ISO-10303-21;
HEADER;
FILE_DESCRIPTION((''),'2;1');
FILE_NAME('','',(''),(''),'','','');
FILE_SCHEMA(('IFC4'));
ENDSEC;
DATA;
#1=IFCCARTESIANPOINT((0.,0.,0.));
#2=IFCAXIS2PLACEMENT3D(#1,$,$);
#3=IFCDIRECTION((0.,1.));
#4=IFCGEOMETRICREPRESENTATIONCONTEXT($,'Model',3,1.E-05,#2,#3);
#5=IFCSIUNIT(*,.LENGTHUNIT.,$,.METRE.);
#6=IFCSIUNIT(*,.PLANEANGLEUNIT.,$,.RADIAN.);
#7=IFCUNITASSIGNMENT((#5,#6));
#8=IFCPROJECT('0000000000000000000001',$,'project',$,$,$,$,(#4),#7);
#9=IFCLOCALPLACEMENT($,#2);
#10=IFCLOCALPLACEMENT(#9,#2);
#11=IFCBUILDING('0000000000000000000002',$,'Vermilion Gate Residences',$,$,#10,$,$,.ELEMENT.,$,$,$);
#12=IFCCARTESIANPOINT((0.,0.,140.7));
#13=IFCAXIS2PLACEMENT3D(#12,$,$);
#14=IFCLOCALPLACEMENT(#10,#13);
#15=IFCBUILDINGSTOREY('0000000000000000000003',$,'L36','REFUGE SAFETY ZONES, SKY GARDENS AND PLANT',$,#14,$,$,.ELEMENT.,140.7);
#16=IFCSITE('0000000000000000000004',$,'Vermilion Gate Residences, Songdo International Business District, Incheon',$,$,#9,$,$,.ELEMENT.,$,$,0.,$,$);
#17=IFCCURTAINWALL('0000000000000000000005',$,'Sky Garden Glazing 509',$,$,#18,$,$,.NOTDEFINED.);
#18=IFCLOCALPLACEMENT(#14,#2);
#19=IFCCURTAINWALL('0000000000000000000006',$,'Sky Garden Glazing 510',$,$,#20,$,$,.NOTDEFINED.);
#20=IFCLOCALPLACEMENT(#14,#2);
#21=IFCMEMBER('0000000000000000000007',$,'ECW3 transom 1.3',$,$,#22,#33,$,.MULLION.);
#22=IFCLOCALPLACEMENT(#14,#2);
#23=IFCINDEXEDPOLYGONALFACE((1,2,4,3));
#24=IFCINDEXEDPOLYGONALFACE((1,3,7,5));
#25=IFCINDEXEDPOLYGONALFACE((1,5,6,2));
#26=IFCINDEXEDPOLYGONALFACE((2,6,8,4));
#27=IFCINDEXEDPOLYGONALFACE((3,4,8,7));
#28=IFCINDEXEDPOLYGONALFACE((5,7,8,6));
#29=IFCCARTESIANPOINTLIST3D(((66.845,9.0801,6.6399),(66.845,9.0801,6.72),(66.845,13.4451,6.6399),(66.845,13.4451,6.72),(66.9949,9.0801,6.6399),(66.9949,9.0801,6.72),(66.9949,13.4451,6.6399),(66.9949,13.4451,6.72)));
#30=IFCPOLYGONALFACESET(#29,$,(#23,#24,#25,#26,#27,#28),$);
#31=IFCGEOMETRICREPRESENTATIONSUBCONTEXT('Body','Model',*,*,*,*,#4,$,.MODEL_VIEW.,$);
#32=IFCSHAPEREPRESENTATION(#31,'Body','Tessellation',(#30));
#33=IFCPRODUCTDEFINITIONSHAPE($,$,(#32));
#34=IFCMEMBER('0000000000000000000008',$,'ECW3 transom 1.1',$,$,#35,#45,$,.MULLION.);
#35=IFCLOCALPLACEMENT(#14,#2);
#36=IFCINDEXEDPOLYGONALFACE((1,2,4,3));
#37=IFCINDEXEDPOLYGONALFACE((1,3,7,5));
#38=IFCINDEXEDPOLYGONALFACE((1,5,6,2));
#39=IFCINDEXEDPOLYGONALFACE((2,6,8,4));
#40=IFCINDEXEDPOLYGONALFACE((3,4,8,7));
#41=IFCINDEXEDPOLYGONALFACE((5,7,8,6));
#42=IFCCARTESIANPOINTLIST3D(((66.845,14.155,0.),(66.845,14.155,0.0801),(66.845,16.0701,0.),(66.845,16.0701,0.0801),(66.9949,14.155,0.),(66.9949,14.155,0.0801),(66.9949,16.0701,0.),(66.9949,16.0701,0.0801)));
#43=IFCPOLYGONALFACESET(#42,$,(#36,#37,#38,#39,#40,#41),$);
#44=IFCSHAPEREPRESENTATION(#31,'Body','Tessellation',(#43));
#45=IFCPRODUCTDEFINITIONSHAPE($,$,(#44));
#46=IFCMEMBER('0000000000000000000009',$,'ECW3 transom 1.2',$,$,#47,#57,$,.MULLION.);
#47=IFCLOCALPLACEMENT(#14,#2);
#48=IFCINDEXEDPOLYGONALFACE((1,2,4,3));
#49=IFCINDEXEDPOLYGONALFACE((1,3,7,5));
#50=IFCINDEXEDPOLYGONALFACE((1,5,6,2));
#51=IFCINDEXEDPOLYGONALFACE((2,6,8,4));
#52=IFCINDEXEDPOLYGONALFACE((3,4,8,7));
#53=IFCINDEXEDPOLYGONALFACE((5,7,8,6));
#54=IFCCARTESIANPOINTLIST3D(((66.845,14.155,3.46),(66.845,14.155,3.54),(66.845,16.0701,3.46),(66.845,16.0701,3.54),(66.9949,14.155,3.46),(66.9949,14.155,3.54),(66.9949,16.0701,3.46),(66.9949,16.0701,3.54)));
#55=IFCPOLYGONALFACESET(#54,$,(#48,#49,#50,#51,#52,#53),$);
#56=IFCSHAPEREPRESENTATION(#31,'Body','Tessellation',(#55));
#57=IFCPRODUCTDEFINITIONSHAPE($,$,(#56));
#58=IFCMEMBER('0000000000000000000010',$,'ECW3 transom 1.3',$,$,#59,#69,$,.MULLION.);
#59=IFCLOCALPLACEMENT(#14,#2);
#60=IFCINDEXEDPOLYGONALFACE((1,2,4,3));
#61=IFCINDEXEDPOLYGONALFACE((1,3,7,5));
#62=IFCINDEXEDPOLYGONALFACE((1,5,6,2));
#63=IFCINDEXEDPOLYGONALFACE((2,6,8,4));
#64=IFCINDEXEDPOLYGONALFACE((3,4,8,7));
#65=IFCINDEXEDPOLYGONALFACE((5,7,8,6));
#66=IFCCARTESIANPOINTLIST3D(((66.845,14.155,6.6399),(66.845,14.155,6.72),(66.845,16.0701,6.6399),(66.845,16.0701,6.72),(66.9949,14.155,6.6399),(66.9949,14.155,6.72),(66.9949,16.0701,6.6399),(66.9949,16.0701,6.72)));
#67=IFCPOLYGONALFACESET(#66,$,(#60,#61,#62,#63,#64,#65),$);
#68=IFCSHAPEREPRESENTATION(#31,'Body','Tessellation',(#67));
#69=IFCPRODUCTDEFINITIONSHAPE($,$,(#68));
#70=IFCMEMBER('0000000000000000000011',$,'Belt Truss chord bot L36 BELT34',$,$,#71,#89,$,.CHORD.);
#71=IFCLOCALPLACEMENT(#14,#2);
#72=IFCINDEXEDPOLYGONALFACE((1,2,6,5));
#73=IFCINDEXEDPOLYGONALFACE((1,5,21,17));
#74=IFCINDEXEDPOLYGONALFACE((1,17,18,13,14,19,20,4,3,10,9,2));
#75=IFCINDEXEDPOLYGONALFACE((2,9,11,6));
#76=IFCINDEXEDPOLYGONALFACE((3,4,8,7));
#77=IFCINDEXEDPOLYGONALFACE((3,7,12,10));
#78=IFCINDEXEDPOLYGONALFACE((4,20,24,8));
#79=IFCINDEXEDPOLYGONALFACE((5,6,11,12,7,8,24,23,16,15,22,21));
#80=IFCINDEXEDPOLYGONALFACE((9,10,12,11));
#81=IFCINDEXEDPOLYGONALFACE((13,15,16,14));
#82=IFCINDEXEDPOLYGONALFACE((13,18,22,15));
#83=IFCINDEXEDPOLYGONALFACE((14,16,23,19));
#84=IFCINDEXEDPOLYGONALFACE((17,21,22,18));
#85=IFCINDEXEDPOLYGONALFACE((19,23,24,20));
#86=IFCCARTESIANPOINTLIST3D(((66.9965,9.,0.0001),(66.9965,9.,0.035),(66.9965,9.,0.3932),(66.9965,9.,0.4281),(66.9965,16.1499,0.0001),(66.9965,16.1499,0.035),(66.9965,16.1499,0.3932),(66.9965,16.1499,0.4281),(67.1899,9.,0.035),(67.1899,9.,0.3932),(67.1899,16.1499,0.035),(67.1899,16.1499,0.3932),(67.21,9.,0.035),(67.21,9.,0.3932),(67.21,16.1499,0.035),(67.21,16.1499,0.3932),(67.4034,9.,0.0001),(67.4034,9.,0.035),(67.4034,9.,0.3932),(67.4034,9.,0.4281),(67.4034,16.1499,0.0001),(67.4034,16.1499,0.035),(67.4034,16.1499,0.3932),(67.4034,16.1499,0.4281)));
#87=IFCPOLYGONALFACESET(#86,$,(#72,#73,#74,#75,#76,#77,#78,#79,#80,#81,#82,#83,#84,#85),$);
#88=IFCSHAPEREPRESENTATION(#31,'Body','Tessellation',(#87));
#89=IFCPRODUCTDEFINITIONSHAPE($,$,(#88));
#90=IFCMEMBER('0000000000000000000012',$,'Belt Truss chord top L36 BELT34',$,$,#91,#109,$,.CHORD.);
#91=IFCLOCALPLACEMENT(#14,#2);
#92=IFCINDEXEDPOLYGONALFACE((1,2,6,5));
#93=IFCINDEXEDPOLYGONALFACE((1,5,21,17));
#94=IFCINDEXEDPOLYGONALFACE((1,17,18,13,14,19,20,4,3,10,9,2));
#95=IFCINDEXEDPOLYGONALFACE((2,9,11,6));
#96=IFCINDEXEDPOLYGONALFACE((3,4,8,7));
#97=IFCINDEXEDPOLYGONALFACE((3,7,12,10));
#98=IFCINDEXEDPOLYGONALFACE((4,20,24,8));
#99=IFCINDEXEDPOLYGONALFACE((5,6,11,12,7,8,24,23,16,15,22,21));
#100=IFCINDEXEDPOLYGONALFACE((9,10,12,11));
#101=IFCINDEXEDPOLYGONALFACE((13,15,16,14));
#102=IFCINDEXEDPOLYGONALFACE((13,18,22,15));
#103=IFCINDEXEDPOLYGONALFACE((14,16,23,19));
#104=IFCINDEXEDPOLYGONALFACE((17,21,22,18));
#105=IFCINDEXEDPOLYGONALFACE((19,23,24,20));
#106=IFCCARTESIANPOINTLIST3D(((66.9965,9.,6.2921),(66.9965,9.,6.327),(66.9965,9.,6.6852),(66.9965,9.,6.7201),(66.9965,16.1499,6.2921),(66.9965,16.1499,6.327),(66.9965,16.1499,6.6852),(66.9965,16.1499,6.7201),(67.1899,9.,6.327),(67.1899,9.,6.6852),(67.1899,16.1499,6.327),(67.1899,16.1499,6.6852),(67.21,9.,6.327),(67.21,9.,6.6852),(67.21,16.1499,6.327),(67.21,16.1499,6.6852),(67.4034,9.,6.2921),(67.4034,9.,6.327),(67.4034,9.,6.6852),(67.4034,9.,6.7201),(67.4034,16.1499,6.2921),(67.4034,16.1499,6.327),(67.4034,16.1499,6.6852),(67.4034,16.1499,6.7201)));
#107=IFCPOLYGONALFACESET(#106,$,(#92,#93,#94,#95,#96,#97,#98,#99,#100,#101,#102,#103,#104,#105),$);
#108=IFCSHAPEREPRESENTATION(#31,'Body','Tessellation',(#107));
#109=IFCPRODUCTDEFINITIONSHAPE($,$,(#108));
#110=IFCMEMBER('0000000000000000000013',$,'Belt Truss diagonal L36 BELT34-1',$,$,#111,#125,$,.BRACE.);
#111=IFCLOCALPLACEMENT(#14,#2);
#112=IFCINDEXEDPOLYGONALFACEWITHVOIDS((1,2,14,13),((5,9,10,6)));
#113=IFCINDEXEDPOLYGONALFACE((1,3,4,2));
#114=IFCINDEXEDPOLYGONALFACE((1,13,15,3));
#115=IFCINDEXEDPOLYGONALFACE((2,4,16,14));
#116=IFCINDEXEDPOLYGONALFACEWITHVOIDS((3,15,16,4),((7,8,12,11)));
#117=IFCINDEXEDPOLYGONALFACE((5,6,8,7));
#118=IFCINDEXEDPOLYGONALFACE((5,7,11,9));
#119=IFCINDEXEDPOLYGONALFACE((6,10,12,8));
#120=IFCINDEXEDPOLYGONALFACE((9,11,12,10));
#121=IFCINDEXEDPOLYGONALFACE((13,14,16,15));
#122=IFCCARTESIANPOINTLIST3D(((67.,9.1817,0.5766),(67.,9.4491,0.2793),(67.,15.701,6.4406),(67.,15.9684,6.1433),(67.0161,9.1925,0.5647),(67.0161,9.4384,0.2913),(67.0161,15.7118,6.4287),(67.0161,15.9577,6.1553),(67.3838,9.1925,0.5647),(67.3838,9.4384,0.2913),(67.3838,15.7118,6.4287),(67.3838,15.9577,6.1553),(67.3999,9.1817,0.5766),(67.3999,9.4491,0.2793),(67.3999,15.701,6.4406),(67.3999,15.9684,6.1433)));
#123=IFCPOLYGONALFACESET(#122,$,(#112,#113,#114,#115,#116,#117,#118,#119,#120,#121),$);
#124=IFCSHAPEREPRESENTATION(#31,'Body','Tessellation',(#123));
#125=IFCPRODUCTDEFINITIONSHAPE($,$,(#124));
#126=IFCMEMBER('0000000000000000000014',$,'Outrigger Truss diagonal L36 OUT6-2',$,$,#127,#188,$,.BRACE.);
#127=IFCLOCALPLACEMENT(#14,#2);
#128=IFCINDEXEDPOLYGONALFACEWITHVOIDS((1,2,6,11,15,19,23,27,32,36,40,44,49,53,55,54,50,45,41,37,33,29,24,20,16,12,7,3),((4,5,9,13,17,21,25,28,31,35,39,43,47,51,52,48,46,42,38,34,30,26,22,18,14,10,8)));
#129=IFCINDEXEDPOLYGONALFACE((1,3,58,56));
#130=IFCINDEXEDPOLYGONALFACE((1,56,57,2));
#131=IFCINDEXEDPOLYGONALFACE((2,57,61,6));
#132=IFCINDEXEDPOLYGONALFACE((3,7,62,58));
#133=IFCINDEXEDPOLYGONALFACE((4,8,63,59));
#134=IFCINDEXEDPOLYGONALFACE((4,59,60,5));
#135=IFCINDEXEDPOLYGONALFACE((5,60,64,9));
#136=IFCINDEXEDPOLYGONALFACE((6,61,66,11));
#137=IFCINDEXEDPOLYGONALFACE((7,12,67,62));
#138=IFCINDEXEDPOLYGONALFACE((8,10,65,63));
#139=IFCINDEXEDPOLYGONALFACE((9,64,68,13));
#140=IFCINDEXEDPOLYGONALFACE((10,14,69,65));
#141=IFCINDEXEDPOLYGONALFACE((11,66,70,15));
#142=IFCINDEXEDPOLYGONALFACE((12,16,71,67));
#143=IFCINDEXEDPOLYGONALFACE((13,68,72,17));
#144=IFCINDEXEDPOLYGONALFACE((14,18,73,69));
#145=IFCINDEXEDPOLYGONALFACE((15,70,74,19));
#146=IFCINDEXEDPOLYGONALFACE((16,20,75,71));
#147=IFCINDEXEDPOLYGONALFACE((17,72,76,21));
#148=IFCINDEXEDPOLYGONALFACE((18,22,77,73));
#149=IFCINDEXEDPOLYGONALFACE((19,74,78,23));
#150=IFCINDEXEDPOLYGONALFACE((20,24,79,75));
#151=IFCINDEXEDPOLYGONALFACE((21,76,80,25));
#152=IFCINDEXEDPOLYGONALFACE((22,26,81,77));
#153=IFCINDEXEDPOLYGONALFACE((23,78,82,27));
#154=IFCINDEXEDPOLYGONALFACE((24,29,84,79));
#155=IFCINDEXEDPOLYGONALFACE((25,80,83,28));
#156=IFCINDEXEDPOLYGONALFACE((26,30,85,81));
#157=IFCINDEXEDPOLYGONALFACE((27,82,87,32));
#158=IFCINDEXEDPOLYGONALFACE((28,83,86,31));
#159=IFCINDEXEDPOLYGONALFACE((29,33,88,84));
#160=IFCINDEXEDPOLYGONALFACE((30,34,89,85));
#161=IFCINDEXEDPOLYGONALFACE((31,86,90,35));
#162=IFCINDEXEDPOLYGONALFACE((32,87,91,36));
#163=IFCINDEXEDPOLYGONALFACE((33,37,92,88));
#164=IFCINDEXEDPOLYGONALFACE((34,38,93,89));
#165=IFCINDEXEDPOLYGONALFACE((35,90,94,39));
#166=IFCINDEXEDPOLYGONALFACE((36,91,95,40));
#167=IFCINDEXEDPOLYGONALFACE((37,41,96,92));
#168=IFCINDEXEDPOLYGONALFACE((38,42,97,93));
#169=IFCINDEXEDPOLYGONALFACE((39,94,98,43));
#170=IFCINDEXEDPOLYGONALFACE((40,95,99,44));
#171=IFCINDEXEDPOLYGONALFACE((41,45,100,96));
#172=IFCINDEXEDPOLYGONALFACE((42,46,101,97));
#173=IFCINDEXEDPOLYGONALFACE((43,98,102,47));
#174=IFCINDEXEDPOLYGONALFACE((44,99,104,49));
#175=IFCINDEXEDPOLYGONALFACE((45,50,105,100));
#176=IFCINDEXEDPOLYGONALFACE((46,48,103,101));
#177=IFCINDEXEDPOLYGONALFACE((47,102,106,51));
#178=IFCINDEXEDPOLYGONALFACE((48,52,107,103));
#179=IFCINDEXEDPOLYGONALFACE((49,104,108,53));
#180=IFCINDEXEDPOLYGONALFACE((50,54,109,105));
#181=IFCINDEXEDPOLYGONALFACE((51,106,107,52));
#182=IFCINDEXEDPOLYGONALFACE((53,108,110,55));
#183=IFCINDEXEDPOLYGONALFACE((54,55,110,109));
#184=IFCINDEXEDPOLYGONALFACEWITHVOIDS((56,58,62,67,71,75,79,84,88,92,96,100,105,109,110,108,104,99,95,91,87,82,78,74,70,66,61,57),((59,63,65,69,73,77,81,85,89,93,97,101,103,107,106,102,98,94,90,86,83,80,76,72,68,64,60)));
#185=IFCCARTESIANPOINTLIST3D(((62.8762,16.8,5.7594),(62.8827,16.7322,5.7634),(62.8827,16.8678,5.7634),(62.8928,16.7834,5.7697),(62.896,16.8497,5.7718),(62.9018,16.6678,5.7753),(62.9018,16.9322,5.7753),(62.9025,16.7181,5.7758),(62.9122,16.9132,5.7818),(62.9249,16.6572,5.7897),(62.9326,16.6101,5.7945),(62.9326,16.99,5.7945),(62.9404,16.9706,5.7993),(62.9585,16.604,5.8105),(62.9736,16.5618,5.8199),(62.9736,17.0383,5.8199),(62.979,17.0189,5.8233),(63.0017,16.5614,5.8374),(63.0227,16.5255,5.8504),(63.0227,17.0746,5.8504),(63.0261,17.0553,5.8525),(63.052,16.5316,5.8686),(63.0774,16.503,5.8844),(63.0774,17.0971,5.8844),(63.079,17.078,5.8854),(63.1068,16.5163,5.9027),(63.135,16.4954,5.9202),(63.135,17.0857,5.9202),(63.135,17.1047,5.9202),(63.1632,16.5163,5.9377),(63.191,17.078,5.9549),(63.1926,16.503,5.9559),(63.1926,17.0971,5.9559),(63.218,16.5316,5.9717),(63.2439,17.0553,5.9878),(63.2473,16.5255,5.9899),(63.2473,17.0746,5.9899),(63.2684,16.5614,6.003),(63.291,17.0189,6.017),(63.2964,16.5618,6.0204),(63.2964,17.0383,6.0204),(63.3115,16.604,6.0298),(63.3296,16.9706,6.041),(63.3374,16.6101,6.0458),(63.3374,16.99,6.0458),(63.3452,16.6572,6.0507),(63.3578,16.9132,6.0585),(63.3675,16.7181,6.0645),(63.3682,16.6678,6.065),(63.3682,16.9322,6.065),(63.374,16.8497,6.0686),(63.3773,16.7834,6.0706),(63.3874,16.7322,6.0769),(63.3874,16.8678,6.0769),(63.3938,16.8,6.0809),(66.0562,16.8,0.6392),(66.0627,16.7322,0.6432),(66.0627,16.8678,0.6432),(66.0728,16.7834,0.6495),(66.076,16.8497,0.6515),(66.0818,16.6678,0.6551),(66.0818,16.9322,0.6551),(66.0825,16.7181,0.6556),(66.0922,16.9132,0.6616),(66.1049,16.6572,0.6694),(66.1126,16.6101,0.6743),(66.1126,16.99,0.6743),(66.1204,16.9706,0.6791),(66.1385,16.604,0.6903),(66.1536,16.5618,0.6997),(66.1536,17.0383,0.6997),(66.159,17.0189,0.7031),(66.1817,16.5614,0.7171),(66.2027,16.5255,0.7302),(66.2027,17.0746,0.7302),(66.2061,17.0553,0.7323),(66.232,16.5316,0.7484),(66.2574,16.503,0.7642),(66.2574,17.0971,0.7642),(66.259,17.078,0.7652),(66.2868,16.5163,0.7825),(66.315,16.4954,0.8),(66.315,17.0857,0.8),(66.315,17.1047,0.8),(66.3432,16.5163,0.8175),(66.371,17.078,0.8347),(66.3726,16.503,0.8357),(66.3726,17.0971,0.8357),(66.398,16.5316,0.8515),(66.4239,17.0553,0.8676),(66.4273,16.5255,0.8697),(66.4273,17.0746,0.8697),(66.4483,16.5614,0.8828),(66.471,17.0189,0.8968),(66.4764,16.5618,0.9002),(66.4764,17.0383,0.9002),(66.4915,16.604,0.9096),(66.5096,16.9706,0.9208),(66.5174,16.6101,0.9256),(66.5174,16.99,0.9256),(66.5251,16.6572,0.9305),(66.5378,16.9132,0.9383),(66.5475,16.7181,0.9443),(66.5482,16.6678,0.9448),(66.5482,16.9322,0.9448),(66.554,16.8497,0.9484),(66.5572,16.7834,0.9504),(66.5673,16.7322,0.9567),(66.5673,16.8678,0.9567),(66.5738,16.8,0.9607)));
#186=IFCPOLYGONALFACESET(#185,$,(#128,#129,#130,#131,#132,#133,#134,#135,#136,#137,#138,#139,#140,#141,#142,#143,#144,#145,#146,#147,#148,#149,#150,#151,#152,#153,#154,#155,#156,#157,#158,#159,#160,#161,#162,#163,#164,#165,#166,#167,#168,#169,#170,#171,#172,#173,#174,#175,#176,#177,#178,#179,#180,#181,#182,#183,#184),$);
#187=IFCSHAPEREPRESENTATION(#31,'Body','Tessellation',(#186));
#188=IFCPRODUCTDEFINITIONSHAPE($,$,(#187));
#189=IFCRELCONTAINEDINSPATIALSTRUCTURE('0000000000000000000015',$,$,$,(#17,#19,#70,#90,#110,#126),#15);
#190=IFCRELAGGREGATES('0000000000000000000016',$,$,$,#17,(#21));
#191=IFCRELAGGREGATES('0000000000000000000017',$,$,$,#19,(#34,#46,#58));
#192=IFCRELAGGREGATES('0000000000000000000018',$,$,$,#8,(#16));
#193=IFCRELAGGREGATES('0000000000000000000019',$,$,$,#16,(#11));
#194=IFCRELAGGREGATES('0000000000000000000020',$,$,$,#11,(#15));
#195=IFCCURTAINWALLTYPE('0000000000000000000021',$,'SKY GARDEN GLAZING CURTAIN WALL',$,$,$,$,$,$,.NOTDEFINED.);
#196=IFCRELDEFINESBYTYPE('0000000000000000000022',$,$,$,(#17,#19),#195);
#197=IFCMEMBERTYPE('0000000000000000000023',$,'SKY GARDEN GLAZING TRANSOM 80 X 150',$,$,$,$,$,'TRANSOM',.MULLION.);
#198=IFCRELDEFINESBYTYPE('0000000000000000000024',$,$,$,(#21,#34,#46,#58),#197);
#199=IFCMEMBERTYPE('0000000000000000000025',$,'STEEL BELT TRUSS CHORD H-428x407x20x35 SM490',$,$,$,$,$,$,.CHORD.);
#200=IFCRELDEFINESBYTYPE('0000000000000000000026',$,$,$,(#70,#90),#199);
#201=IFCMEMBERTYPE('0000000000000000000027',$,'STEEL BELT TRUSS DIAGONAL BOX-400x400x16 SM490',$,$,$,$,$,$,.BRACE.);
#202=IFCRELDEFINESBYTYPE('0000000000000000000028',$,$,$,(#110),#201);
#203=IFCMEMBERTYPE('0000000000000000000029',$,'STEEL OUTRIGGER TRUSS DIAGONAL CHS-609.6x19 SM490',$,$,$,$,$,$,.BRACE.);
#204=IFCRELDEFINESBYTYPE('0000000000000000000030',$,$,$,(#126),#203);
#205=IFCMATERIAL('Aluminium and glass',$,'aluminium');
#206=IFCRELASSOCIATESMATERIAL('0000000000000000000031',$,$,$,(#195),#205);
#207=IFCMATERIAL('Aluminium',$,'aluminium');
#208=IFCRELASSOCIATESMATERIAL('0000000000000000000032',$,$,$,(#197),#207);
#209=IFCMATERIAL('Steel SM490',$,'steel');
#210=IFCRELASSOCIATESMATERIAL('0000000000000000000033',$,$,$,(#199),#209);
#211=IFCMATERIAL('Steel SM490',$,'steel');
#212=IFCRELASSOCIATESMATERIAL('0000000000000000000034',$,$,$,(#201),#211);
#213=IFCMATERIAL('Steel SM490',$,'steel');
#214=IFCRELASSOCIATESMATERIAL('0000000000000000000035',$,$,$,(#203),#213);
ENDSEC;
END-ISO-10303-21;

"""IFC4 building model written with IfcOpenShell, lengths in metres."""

from ifc_helpers import new_model, si_unit, direction, frame, origin, origin_2d, place, context, subcontext, project, spatial, rectangle, hollow_rectangle, hollow_circle, i_section, extrude, material, material_profile, profile_set, type_object, element, aggregate, save


model = new_model("IFC4")

# Units and contexts
model_context = context("Model", 3, precision=1e-05, world=origin(), true_north=direction((0.0, 1.0)))
body_context = subcontext(model_context, "Body", "Model", "MODEL_VIEW")
ifc_project = project(units=[si_unit("LENGTHUNIT", "METRE"), si_unit("PLANEANGLEUNIT", "RADIAN")], contexts=[model_context])

# Site, building, storey
site_placement = place(None, origin())
site = spatial("IfcSite", under=ifc_project, at=site_placement, Name="Vermilion Gate Residences, Songdo International Business District, Incheon", CompositionType="ELEMENT", RefElevation=0.0)
building_placement = place(site_placement, origin())
building = spatial("IfcBuilding", under=site, at=building_placement, Name="Vermilion Gate Residences", CompositionType="ELEMENT")
storey_placement = place(building_placement, frame((0.0, 0.0, 140.7)))
storey = spatial("IfcBuildingStorey", under=building, at=storey_placement, Name="L36", Description="REFUGE SAFETY ZONES, SKY GARDENS AND PLANT", CompositionType="ELEMENT", Elevation=140.7)

# Shared definitions
ifc_material_1 = material(Name="Aluminium and glass", Category="aluminium")
curtain_wall_type = type_object("IfcCurtainWallType", Name="SKY GARDEN GLAZING CURTAIN WALL", PredefinedType="NOTDEFINED", material=ifc_material_1)

# Curtain walls
curtain_wall_1_placement = place(storey_placement, origin())
curtain_wall_1 = element("IfcCurtainWall", 1, at=curtain_wall_1_placement, inside=storey, type_object=curtain_wall_type, Name="Sky Garden Glazing 509", PredefinedType="NOTDEFINED")
curtain_wall_2_placement = place(storey_placement, origin())
curtain_wall_2 = element("IfcCurtainWall", 2, at=curtain_wall_2_placement, inside=storey, type_object=curtain_wall_type, Name="Sky Garden Glazing 510", PredefinedType="NOTDEFINED")

# Members
ifc_material_2 = material(Name="Aluminium", Category="aluminium")
ifc_material_profile_1 = material_profile(ifc_material_2, rectangle(XDim=0.1499, YDim=0.0801, at=origin_2d()), Name="TRANSOM 80 X 150")
ifc_profile_set_1 = profile_set([ifc_material_profile_1], Name="Aluminium")
member_type_1 = type_object("IfcMemberType", Name="SKY GARDEN GLAZING TRANSOM 80 X 150", ElementType="TRANSOM", PredefinedType="MULLION", material=ifc_profile_set_1)
member_1_placement = place(storey_placement, frame((66.9199, 9.0801, 6.6799), z_axis=(0.0, 1.0, 0.0), x_axis=(-1.0, 0.0, 0.0)))
member_1 = element("IfcMember", 3, at=member_1_placement, type_object=member_type_1, Name="ECW3 transom 1.3", PredefinedType="MULLION", context=body_context, shape_type="SweptSolid", body=[
    extrude(rectangle(XDim=0.1499, YDim=0.0801, at=origin_2d()), origin(), (0.0, 0.0, 1.0), 4.365),
])
member_2_placement = place(storey_placement, frame((66.9199, 14.155, 0.04), z_axis=(0.0, 1.0, 0.0), x_axis=(-1.0, 0.0, 0.0)))
member_2 = element("IfcMember", 4, at=member_2_placement, type_object=member_type_1, Name="ECW3 transom 1.1", PredefinedType="MULLION", context=body_context, shape_type="SweptSolid", body=[
    extrude(rectangle(XDim=0.1499, YDim=0.0801, at=origin_2d()), origin(), (0.0, 0.0, 1.0), 1.915),
])
member_3_placement = place(storey_placement, frame((66.9199, 14.155, 3.5), z_axis=(0.0, 1.0, 0.0), x_axis=(-1.0, 0.0, 0.0)))
member_3 = element("IfcMember", 5, at=member_3_placement, type_object=member_type_1, Name="ECW3 transom 1.2", PredefinedType="MULLION", context=body_context, shape_type="SweptSolid", body=[
    extrude(rectangle(XDim=0.1499, YDim=0.0801, at=origin_2d()), origin(), (0.0, 0.0, 1.0), 1.915),
])
member_4_placement = place(storey_placement, frame((66.9199, 14.155, 6.6799), z_axis=(0.0, 1.0, 0.0), x_axis=(-1.0, 0.0, 0.0)))
member_4 = element("IfcMember", 6, at=member_4_placement, type_object=member_type_1, Name="ECW3 transom 1.3", PredefinedType="MULLION", context=body_context, shape_type="SweptSolid", body=[
    extrude(rectangle(XDim=0.1499, YDim=0.0801, at=origin_2d()), origin(), (0.0, 0.0, 1.0), 1.915),
])

# Members
ifc_material_3 = material(Name="Steel SM490", Category="steel")
ifc_material_profile_2 = material_profile(ifc_material_3, i_section(OverallWidth=0.407, OverallDepth=0.428, WebThickness=0.02, FlangeThickness=0.0349, at=origin_2d()), Name="H-428x407x20x35")
ifc_profile_set_2 = profile_set([ifc_material_profile_2], Name="Steel SM490")
member_type_2 = type_object("IfcMemberType", Name="STEEL BELT TRUSS CHORD H-428x407x20x35 SM490", PredefinedType="CHORD", material=ifc_profile_set_2)
for number, where, z_axis, x_axis, name in (
    (7, (67.2, 9.0, 0.2141), (0.0, 1.0, 0.0), (-1.0, 0.0, 0.0), "Belt Truss chord bot L36 BELT34"),
    (8, (67.2, 9.0, 6.5061), (0.0, 1.0, 0.0), (-1.0, 0.0, 0.0), "Belt Truss chord top L36 BELT34"),
):
    element("IfcMember", number, at=place(storey_placement, frame(where, z_axis=z_axis, x_axis=x_axis)), inside=storey, type_object=member_type_2, Name=name, PredefinedType="CHORD", context=body_context, shape_type="SweptSolid", body=[
        extrude(i_section(OverallWidth=0.407, OverallDepth=0.428, WebThickness=0.02, FlangeThickness=0.0349, at=origin_2d()), origin(), (0.0, 0.0, 1.0), 7.1499),
    ])
ifc_material_4 = material(Name="Steel SM490", Category="steel")
ifc_material_profile_3 = material_profile(ifc_material_4, hollow_rectangle(XDim=0.3999, YDim=0.3999, WallThickness=0.0161, at=origin_2d()), Name="BOX-400x400x16")
ifc_profile_set_3 = profile_set([ifc_material_profile_3], Name="Steel SM490")
member_type_3 = type_object("IfcMemberType", Name="STEEL BELT TRUSS DIAGONAL BOX-400x400x16 SM490", PredefinedType="BRACE", material=ifc_profile_set_3)
member_5_placement = place(storey_placement, frame((67.2, 9.3154, 0.428), z_axis=(0.0, 0.743484, 0.668754), x_axis=(-1.0, 0.0, 0.0)))
element("IfcMember", 9, at=member_5_placement, inside=storey, type_object=member_type_3, Name="Belt Truss diagonal L36 BELT34-1", PredefinedType="BRACE", context=body_context, shape_type="SweptSolid", body=[
    extrude(hollow_rectangle(XDim=0.3999, YDim=0.3999, WallThickness=0.0161, at=origin_2d()), origin(), (0.0, 0.0, 1.0), 8.7686),
])
ifc_material_5 = material(Name="Steel SM490", Category="steel")
ifc_material_profile_4 = material_profile(ifc_material_5, hollow_circle(Radius=0.3047, WallThickness=0.019, at=origin_2d()), Name="CHS-609.6x19")
ifc_profile_set_4 = profile_set([ifc_material_profile_4], Name="Steel SM490")
member_type_4 = type_object("IfcMemberType", Name="STEEL OUTRIGGER TRUSS DIAGONAL CHS-609.6x19 SM490", PredefinedType="BRACE", material=ifc_profile_set_4)
member_6_placement = place(storey_placement, frame((63.135, 16.8, 5.9202), z_axis=(0.527594, 0.0, -0.849497), x_axis=(0.0, 1.0, 0.0)))
element("IfcMember", 10, at=member_6_placement, inside=storey, type_object=member_type_4, Name="Outrigger Truss diagonal L36 OUT6-2", PredefinedType="BRACE", context=body_context, shape_type="SweptSolid", body=[
    extrude(hollow_circle(Radius=0.3047, WallThickness=0.019, at=origin_2d()), origin(), (0.0, 0.0, 1.0), 6.0273),
])

aggregate(curtain_wall_1, [member_1])
aggregate(curtain_wall_2, [member_2, member_3, member_4])

save(model, "model.ifc")
